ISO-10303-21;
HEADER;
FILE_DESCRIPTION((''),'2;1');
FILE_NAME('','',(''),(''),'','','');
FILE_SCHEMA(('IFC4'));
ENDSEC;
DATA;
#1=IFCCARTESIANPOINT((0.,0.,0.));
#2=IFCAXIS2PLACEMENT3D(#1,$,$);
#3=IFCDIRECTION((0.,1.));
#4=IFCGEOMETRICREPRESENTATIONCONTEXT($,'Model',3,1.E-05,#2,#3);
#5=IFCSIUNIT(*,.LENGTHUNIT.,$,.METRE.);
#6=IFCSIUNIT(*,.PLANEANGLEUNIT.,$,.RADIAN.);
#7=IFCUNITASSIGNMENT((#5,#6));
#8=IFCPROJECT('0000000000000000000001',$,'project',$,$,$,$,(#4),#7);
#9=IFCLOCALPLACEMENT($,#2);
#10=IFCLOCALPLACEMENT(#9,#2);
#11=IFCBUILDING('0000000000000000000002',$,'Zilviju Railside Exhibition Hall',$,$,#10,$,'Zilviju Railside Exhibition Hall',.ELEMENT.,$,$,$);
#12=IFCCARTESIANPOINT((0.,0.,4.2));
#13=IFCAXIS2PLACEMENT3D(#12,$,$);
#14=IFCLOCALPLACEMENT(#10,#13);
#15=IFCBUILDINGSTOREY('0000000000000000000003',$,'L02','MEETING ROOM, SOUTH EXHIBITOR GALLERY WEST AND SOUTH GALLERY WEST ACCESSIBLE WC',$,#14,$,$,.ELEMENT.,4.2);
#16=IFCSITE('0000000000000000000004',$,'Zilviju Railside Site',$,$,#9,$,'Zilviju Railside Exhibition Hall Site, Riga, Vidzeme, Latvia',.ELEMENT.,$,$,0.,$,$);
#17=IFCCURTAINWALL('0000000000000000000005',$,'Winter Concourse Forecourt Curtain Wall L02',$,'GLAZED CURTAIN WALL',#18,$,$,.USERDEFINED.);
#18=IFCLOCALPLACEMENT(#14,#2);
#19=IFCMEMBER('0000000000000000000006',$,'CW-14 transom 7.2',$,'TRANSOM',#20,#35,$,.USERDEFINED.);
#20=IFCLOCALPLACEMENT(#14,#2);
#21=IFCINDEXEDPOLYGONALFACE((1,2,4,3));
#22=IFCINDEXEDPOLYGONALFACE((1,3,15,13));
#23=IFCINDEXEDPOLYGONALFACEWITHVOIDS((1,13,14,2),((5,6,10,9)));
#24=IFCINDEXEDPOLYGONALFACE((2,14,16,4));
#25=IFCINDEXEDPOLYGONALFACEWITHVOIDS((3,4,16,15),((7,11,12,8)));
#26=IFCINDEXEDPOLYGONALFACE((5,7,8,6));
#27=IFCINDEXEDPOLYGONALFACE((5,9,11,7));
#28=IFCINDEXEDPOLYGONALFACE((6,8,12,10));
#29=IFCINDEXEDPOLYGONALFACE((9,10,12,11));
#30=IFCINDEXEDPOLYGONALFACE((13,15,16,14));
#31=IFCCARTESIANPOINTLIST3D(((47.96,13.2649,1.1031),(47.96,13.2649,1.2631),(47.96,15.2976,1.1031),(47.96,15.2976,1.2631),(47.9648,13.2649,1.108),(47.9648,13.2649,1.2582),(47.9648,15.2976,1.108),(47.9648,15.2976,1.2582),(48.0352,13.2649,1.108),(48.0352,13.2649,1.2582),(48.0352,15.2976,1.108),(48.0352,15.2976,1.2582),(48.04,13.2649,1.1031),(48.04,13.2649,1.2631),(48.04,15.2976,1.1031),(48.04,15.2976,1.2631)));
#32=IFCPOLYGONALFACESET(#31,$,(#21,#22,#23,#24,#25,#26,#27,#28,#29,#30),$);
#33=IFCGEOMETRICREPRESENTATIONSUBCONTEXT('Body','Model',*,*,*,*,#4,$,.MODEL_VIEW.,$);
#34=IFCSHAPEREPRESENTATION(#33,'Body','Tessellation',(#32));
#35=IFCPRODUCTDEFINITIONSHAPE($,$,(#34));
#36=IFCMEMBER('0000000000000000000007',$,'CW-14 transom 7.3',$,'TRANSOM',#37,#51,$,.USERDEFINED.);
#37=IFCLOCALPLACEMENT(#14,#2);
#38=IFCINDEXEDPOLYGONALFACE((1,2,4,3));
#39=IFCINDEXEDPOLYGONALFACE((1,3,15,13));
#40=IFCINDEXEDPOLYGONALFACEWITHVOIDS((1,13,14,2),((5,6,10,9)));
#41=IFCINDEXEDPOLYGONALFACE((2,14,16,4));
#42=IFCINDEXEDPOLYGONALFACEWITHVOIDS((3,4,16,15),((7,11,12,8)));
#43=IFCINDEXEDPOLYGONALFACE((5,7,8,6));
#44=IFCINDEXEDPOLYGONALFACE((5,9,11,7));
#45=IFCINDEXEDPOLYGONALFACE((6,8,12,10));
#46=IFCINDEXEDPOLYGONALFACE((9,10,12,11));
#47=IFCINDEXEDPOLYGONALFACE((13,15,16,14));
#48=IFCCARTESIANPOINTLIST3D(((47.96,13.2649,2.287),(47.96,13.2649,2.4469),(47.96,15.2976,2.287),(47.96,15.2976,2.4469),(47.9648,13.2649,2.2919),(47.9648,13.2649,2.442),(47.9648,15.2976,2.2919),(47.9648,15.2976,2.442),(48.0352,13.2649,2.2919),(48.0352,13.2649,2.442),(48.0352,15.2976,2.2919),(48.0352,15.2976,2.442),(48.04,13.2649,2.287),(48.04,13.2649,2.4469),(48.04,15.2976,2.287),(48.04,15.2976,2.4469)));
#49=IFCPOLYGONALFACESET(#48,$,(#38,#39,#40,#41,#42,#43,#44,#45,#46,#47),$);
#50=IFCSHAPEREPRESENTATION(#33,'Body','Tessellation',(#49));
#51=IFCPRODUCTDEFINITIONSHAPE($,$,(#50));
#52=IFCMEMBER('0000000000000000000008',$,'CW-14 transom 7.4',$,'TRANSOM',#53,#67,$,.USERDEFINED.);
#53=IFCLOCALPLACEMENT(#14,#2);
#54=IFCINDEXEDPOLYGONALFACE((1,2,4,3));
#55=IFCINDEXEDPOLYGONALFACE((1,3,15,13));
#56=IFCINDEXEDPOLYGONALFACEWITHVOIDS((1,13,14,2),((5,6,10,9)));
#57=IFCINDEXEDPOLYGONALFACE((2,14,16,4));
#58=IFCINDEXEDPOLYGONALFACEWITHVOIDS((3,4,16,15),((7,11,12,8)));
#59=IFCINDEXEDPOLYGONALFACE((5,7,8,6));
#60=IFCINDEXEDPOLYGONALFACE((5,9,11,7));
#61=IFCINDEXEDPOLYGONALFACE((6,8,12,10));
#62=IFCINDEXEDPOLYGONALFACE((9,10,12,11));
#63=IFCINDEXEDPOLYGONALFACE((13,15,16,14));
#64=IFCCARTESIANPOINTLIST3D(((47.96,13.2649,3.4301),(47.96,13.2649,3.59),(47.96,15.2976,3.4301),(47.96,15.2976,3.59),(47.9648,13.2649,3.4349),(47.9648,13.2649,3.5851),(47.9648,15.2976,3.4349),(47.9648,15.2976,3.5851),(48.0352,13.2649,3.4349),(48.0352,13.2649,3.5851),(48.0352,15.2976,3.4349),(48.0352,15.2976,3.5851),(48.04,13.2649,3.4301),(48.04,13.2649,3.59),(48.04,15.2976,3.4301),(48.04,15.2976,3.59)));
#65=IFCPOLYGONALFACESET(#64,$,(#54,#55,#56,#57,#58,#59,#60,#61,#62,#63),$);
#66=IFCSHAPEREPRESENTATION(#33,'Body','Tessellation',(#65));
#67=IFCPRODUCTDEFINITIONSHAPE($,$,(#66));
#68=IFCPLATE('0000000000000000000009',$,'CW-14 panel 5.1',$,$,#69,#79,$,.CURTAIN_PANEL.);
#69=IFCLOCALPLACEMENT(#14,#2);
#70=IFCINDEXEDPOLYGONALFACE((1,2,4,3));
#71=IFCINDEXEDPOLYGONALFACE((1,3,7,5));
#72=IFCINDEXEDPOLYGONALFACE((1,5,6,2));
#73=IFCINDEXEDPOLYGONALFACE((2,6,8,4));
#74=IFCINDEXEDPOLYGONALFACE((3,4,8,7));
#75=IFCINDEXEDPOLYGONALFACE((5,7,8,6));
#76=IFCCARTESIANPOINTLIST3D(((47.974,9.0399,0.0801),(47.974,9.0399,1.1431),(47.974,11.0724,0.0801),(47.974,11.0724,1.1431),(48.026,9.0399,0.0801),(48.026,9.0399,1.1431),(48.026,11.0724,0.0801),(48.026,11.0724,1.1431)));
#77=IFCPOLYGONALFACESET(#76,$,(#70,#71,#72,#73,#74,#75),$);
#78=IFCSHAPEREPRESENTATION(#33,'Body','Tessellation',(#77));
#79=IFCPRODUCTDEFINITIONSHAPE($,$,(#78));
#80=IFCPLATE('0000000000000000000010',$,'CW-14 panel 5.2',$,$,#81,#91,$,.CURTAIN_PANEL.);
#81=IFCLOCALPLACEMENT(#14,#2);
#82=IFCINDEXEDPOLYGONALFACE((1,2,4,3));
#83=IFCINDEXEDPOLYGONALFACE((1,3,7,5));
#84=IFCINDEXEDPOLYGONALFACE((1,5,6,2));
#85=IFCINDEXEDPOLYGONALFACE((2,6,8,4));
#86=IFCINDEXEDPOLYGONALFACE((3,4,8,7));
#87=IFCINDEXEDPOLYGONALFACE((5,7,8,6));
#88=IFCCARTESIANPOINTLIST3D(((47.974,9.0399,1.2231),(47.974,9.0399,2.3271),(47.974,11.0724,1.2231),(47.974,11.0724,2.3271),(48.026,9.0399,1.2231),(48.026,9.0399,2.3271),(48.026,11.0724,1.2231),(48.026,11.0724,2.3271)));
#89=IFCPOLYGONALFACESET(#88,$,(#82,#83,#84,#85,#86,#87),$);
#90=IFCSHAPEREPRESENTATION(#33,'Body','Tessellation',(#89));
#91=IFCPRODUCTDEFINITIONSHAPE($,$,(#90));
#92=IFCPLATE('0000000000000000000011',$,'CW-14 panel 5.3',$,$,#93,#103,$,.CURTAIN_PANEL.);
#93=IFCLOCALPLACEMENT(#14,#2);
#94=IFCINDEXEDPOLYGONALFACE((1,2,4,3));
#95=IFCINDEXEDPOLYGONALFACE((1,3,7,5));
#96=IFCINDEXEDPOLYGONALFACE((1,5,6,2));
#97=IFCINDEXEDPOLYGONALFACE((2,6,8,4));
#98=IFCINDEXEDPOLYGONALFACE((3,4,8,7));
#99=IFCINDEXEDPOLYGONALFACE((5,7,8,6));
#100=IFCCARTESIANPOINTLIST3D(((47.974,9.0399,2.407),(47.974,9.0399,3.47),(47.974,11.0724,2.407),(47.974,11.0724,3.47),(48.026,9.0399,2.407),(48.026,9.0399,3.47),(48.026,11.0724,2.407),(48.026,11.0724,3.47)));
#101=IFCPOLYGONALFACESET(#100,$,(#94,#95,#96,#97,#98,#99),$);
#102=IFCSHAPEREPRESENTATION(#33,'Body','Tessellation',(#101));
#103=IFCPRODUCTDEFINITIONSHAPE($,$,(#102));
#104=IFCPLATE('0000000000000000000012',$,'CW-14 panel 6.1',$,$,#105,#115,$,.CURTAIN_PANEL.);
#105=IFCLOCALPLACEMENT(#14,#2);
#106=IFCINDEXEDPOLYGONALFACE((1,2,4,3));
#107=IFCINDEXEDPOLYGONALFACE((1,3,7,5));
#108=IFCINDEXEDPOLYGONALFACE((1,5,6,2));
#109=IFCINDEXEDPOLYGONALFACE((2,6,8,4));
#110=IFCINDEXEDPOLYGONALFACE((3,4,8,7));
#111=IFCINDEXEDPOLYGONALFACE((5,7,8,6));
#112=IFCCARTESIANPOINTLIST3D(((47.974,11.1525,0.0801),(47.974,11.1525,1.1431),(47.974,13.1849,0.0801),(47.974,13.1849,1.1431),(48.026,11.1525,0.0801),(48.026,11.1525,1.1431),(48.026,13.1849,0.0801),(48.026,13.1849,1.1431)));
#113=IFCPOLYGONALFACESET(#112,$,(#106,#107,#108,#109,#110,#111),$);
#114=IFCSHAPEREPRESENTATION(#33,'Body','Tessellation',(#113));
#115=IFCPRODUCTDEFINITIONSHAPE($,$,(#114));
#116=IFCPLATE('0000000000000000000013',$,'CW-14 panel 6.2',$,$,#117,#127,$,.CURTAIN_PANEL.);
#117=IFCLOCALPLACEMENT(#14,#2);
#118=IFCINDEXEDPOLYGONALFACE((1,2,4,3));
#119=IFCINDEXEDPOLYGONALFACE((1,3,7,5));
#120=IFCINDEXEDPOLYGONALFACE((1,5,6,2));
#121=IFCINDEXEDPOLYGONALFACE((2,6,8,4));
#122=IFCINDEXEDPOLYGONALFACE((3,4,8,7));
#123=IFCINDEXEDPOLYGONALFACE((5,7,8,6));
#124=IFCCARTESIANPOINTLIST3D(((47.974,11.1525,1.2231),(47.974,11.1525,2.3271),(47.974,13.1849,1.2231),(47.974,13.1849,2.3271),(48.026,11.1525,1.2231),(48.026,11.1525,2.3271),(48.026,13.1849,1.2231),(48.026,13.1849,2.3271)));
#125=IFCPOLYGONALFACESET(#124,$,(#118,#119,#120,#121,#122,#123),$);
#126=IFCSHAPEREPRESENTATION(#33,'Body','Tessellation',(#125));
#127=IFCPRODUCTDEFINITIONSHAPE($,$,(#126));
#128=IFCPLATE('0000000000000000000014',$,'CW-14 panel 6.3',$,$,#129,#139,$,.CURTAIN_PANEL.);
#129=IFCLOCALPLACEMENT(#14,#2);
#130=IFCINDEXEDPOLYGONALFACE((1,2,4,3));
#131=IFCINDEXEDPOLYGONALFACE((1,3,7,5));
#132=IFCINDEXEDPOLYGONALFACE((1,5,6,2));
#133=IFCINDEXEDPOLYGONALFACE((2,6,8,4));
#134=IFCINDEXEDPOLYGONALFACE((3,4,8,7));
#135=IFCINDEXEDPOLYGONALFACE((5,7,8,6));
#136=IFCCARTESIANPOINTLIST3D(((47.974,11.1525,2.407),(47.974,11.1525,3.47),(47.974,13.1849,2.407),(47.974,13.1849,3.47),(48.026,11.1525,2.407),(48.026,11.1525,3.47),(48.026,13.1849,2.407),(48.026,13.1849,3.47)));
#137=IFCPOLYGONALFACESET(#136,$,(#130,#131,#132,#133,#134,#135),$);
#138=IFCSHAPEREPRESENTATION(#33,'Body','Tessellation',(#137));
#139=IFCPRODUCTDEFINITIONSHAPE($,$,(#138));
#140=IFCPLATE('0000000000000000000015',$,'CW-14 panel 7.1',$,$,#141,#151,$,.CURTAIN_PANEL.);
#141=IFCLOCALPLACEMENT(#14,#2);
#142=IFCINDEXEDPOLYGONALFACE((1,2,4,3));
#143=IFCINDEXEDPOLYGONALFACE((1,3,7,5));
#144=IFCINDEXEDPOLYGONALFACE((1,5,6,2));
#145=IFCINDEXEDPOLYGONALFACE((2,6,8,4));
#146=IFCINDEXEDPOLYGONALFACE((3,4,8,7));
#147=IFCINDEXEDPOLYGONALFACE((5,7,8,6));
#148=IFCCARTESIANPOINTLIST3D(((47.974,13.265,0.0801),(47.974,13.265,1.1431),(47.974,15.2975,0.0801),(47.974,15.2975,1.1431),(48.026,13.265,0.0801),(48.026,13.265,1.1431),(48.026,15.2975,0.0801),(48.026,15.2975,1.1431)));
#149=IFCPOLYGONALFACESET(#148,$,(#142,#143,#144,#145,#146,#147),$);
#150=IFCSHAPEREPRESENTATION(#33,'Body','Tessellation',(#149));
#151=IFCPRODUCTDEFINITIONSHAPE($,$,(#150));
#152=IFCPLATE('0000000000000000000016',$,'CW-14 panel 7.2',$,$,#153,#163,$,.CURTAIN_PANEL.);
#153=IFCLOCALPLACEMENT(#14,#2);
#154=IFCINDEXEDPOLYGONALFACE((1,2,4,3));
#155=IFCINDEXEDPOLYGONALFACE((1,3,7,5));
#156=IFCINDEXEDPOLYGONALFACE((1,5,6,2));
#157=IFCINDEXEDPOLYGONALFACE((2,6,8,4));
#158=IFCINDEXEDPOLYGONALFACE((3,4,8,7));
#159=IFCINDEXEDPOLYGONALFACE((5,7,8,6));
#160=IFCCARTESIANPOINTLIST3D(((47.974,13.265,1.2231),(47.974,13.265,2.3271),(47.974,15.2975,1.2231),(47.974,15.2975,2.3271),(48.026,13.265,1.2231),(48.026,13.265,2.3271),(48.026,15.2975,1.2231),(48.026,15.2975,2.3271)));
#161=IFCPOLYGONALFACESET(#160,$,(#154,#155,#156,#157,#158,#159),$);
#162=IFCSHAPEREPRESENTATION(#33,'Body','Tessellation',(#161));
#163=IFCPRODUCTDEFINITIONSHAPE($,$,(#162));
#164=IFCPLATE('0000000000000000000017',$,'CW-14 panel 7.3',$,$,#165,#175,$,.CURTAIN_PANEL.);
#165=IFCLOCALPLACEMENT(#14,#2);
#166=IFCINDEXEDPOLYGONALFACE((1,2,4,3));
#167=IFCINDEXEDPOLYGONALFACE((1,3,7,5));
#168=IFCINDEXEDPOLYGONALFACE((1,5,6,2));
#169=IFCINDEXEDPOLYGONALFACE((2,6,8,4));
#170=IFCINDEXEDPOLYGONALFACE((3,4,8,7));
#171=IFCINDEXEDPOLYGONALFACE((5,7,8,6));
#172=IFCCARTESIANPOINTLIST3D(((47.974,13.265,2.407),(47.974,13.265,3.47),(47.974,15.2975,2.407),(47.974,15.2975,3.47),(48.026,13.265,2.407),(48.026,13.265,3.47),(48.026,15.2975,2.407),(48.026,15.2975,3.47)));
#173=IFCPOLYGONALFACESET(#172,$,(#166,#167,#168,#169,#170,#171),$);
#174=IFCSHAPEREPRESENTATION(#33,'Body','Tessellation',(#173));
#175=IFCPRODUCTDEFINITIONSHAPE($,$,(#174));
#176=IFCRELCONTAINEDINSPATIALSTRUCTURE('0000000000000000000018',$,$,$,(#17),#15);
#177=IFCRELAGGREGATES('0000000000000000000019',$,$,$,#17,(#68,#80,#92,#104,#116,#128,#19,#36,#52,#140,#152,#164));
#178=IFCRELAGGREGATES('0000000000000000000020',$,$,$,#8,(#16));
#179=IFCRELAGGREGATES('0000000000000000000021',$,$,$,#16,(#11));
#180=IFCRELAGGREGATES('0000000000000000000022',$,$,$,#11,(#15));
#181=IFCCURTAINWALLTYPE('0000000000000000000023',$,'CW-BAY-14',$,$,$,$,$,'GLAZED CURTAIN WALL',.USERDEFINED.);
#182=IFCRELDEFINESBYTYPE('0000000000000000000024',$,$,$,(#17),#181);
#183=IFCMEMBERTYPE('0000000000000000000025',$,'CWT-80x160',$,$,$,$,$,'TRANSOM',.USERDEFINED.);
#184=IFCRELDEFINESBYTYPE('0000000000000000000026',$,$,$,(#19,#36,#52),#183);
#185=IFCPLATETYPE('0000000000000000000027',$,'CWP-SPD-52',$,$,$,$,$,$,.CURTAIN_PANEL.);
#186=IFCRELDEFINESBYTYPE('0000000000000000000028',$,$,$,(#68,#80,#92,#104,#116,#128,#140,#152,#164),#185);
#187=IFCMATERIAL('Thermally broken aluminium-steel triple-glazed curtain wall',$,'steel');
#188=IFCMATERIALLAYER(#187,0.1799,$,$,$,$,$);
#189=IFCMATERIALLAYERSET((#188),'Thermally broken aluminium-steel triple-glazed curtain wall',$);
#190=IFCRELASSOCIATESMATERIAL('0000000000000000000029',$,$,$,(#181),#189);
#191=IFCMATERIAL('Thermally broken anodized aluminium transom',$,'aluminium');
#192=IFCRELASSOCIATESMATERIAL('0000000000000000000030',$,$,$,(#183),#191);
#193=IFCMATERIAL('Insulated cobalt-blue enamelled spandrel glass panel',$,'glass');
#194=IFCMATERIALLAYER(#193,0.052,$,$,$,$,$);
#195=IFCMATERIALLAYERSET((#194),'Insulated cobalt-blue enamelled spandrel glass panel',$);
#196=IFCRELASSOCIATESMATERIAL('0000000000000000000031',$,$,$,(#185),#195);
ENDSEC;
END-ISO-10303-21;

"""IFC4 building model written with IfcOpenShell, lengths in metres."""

from ifc_helpers import new_model, si_unit, direction, frame, origin, origin_2d, place, context, subcontext, project, spatial, rectangle, hollow_rectangle, extrude, material, layer, layer_set, material_profile, profile_set, type_object, element, aggregate, save


model = new_model("IFC4")

# Units and contexts
model_context = context("Model", 3, precision=1e-05, world=origin(), true_north=direction((0.0, 1.0)))
body_context = subcontext(model_context, "Body", "Model", "MODEL_VIEW")
ifc_project = project(units=[si_unit("LENGTHUNIT", "METRE"), si_unit("PLANEANGLEUNIT", "RADIAN")], contexts=[model_context])

# Site, building, storey
site_placement = place(None, origin())
site = spatial("IfcSite", under=ifc_project, at=site_placement, Name="Zilviju Railside Site", LongName="Zilviju Railside Exhibition Hall Site, Riga, Vidzeme, Latvia", CompositionType="ELEMENT", RefElevation=0.0)
building_placement = place(site_placement, origin())
building = spatial("IfcBuilding", under=site, at=building_placement, Name="Zilviju Railside Exhibition Hall", LongName="Zilviju Railside Exhibition Hall", CompositionType="ELEMENT")
storey_placement = place(building_placement, frame((0.0, 0.0, 4.2)))
storey = spatial("IfcBuildingStorey", under=building, at=storey_placement, Name="L02", Description="MEETING ROOM, SOUTH EXHIBITOR GALLERY WEST AND SOUTH GALLERY WEST ACCESSIBLE WC", CompositionType="ELEMENT", Elevation=4.2)

# Curtain wall, members, plates
ifc_material_1 = material(Name="Thermally broken aluminium-steel triple-glazed curtain wall", Category="steel")
ifc_layer_1 = layer(ifc_material_1, 0.1799)
ifc_layer_set_1 = layer_set([ifc_layer_1], Name="Thermally broken aluminium-steel triple-glazed curtain wall")
curtain_wall_type = type_object("IfcCurtainWallType", Name="CW-BAY-14", ElementType="GLAZED CURTAIN WALL", PredefinedType="USERDEFINED", material=ifc_layer_set_1)
curtain_wall_placement = place(storey_placement, origin())
curtain_wall = element("IfcCurtainWall", 1, at=curtain_wall_placement, inside=storey, type_object=curtain_wall_type, Name="Winter Concourse Forecourt Curtain Wall L02", ObjectType="GLAZED CURTAIN WALL", PredefinedType="USERDEFINED")
ifc_material_2 = material(Name="Thermally broken anodized aluminium transom", Category="aluminium")
ifc_material_profile_1 = material_profile(ifc_material_2, hollow_rectangle(XDim=0.0801, YDim=0.1599, WallThickness=0.0049, at=origin_2d()), Name="TRANSOM 160x80x5")
ifc_profile_set_1 = profile_set([ifc_material_profile_1], Name="Thermally broken anodized aluminium transom")
member_type_1 = type_object("IfcMemberType", Name="CWT-80x160", ElementType="TRANSOM", PredefinedType="USERDEFINED", material=ifc_profile_set_1)
member_1_placement = place(storey_placement, frame((48.0, 13.2649, 1.1831), z_axis=(0.0, 1.0, 0.0), x_axis=(-1.0, 0.0, 0.0)))
member_1 = element("IfcMember", 2, at=member_1_placement, type_object=member_type_1, Name="CW-14 transom 7.2", ObjectType="TRANSOM", PredefinedType="USERDEFINED", context=body_context, shape_type="SweptSolid", body=[
    extrude(hollow_rectangle(XDim=0.0801, YDim=0.1599, WallThickness=0.0049, at=origin_2d()), origin(), (0.0, 0.0, 1.0), 2.0327),
])
member_2_placement = place(storey_placement, frame((48.0, 13.2649, 2.3669), z_axis=(0.0, 1.0, 0.0), x_axis=(-1.0, 0.0, 0.0)))
member_2 = element("IfcMember", 3, at=member_2_placement, type_object=member_type_1, Name="CW-14 transom 7.3", ObjectType="TRANSOM", PredefinedType="USERDEFINED", context=body_context, shape_type="SweptSolid", body=[
    extrude(hollow_rectangle(XDim=0.0801, YDim=0.1599, WallThickness=0.0049, at=origin_2d()), origin(), (0.0, 0.0, 1.0), 2.0327),
])
member_3_placement = place(storey_placement, frame((48.0, 13.2649, 3.51), z_axis=(0.0, 1.0, 0.0), x_axis=(-1.0, 0.0, 0.0)))
member_3 = element("IfcMember", 4, at=member_3_placement, type_object=member_type_1, Name="CW-14 transom 7.4", ObjectType="TRANSOM", PredefinedType="USERDEFINED", context=body_context, shape_type="SweptSolid", body=[
    extrude(hollow_rectangle(XDim=0.0801, YDim=0.1599, WallThickness=0.0049, at=origin_2d()), origin(), (0.0, 0.0, 1.0), 2.0327),
])
ifc_material_3 = material(Name="Insulated cobalt-blue enamelled spandrel glass panel", Category="glass")
ifc_layer_2 = layer(ifc_material_3, 0.052)
ifc_layer_set_2 = layer_set([ifc_layer_2], Name="Insulated cobalt-blue enamelled spandrel glass panel")
plate_type = type_object("IfcPlateType", Name="CWP-SPD-52", PredefinedType="CURTAIN_PANEL", material=ifc_layer_set_2)
plate_1_placement = place(storey_placement, frame((48.0, 10.0562, 0.0801), z_axis=(0.0, 0.0, 1.0), x_axis=(0.0, 1.0, 0.0)))
plate_1 = element("IfcPlate", 5, at=plate_1_placement, type_object=plate_type, Name="CW-14 panel 5.1", PredefinedType="CURTAIN_PANEL", context=body_context, shape_type="SweptSolid", body=[
    extrude(rectangle(XDim=2.0325, YDim=0.052, at=origin_2d()), origin(), (0.0, 0.0, 1.0), 1.063),
])
plate_2_placement = place(storey_placement, frame((48.0, 10.0562, 1.2231), z_axis=(0.0, 0.0, 1.0), x_axis=(0.0, 1.0, 0.0)))
plate_2 = element("IfcPlate", 6, at=plate_2_placement, type_object=plate_type, Name="CW-14 panel 5.2", PredefinedType="CURTAIN_PANEL", context=body_context, shape_type="SweptSolid", body=[
    extrude(rectangle(XDim=2.0325, YDim=0.052, at=origin_2d()), origin(), (0.0, 0.0, 1.0), 1.104),
])
plate_3_placement = place(storey_placement, frame((48.0, 10.0562, 2.407), z_axis=(0.0, 0.0, 1.0), x_axis=(0.0, 1.0, 0.0)))
plate_3 = element("IfcPlate", 7, at=plate_3_placement, type_object=plate_type, Name="CW-14 panel 5.3", PredefinedType="CURTAIN_PANEL", context=body_context, shape_type="SweptSolid", body=[
    extrude(rectangle(XDim=2.0325, YDim=0.052, at=origin_2d()), origin(), (0.0, 0.0, 1.0), 1.063),
])
plate_4_placement = place(storey_placement, frame((48.0, 12.1687, 0.0801), z_axis=(0.0, 0.0, 1.0), x_axis=(0.0, 1.0, 0.0)))
plate_4 = element("IfcPlate", 8, at=plate_4_placement, type_object=plate_type, Name="CW-14 panel 6.1", PredefinedType="CURTAIN_PANEL", context=body_context, shape_type="SweptSolid", body=[
    extrude(rectangle(XDim=2.0325, YDim=0.052, at=origin_2d()), origin(), (0.0, 0.0, 1.0), 1.063),
])
plate_5_placement = place(storey_placement, frame((48.0, 12.1687, 1.2231), z_axis=(0.0, 0.0, 1.0), x_axis=(0.0, 1.0, 0.0)))
plate_5 = element("IfcPlate", 9, at=plate_5_placement, type_object=plate_type, Name="CW-14 panel 6.2", PredefinedType="CURTAIN_PANEL", context=body_context, shape_type="SweptSolid", body=[
    extrude(rectangle(XDim=2.0325, YDim=0.052, at=origin_2d()), origin(), (0.0, 0.0, 1.0), 1.104),
])
plate_6_placement = place(storey_placement, frame((48.0, 12.1687, 2.407), z_axis=(0.0, 0.0, 1.0), x_axis=(0.0, 1.0, 0.0)))
plate_6 = element("IfcPlate", 10, at=plate_6_placement, type_object=plate_type, Name="CW-14 panel 6.3", PredefinedType="CURTAIN_PANEL", context=body_context, shape_type="SweptSolid", body=[
    extrude(rectangle(XDim=2.0325, YDim=0.052, at=origin_2d()), origin(), (0.0, 0.0, 1.0), 1.063),
])
plate_7_placement = place(storey_placement, frame((48.0, 14.2812, 0.0801), z_axis=(0.0, 0.0, 1.0), x_axis=(0.0, 1.0, 0.0)))
plate_7 = element("IfcPlate", 11, at=plate_7_placement, type_object=plate_type, Name="CW-14 panel 7.1", PredefinedType="CURTAIN_PANEL", context=body_context, shape_type="SweptSolid", body=[
    extrude(rectangle(XDim=2.0325, YDim=0.052, at=origin_2d()), origin(), (0.0, 0.0, 1.0), 1.063),
])
plate_8_placement = place(storey_placement, frame((48.0, 14.2812, 1.2231), z_axis=(0.0, 0.0, 1.0), x_axis=(0.0, 1.0, 0.0)))
plate_8 = element("IfcPlate", 12, at=plate_8_placement, type_object=plate_type, Name="CW-14 panel 7.2", PredefinedType="CURTAIN_PANEL", context=body_context, shape_type="SweptSolid", body=[
    extrude(rectangle(XDim=2.0325, YDim=0.052, at=origin_2d()), origin(), (0.0, 0.0, 1.0), 1.104),
])
plate_9_placement = place(storey_placement, frame((48.0, 14.2812, 2.407), z_axis=(0.0, 0.0, 1.0), x_axis=(0.0, 1.0, 0.0)))
plate_9 = element("IfcPlate", 13, at=plate_9_placement, type_object=plate_type, Name="CW-14 panel 7.3", PredefinedType="CURTAIN_PANEL", context=body_context, shape_type="SweptSolid", body=[
    extrude(rectangle(XDim=2.0325, YDim=0.052, at=origin_2d()), origin(), (0.0, 0.0, 1.0), 1.063),
])
aggregate(curtain_wall, [plate_1, plate_2, plate_3, plate_4, plate_5, plate_6, member_1, member_2, member_3, plate_7, plate_8, plate_9])

save(model, "model.ifc")
